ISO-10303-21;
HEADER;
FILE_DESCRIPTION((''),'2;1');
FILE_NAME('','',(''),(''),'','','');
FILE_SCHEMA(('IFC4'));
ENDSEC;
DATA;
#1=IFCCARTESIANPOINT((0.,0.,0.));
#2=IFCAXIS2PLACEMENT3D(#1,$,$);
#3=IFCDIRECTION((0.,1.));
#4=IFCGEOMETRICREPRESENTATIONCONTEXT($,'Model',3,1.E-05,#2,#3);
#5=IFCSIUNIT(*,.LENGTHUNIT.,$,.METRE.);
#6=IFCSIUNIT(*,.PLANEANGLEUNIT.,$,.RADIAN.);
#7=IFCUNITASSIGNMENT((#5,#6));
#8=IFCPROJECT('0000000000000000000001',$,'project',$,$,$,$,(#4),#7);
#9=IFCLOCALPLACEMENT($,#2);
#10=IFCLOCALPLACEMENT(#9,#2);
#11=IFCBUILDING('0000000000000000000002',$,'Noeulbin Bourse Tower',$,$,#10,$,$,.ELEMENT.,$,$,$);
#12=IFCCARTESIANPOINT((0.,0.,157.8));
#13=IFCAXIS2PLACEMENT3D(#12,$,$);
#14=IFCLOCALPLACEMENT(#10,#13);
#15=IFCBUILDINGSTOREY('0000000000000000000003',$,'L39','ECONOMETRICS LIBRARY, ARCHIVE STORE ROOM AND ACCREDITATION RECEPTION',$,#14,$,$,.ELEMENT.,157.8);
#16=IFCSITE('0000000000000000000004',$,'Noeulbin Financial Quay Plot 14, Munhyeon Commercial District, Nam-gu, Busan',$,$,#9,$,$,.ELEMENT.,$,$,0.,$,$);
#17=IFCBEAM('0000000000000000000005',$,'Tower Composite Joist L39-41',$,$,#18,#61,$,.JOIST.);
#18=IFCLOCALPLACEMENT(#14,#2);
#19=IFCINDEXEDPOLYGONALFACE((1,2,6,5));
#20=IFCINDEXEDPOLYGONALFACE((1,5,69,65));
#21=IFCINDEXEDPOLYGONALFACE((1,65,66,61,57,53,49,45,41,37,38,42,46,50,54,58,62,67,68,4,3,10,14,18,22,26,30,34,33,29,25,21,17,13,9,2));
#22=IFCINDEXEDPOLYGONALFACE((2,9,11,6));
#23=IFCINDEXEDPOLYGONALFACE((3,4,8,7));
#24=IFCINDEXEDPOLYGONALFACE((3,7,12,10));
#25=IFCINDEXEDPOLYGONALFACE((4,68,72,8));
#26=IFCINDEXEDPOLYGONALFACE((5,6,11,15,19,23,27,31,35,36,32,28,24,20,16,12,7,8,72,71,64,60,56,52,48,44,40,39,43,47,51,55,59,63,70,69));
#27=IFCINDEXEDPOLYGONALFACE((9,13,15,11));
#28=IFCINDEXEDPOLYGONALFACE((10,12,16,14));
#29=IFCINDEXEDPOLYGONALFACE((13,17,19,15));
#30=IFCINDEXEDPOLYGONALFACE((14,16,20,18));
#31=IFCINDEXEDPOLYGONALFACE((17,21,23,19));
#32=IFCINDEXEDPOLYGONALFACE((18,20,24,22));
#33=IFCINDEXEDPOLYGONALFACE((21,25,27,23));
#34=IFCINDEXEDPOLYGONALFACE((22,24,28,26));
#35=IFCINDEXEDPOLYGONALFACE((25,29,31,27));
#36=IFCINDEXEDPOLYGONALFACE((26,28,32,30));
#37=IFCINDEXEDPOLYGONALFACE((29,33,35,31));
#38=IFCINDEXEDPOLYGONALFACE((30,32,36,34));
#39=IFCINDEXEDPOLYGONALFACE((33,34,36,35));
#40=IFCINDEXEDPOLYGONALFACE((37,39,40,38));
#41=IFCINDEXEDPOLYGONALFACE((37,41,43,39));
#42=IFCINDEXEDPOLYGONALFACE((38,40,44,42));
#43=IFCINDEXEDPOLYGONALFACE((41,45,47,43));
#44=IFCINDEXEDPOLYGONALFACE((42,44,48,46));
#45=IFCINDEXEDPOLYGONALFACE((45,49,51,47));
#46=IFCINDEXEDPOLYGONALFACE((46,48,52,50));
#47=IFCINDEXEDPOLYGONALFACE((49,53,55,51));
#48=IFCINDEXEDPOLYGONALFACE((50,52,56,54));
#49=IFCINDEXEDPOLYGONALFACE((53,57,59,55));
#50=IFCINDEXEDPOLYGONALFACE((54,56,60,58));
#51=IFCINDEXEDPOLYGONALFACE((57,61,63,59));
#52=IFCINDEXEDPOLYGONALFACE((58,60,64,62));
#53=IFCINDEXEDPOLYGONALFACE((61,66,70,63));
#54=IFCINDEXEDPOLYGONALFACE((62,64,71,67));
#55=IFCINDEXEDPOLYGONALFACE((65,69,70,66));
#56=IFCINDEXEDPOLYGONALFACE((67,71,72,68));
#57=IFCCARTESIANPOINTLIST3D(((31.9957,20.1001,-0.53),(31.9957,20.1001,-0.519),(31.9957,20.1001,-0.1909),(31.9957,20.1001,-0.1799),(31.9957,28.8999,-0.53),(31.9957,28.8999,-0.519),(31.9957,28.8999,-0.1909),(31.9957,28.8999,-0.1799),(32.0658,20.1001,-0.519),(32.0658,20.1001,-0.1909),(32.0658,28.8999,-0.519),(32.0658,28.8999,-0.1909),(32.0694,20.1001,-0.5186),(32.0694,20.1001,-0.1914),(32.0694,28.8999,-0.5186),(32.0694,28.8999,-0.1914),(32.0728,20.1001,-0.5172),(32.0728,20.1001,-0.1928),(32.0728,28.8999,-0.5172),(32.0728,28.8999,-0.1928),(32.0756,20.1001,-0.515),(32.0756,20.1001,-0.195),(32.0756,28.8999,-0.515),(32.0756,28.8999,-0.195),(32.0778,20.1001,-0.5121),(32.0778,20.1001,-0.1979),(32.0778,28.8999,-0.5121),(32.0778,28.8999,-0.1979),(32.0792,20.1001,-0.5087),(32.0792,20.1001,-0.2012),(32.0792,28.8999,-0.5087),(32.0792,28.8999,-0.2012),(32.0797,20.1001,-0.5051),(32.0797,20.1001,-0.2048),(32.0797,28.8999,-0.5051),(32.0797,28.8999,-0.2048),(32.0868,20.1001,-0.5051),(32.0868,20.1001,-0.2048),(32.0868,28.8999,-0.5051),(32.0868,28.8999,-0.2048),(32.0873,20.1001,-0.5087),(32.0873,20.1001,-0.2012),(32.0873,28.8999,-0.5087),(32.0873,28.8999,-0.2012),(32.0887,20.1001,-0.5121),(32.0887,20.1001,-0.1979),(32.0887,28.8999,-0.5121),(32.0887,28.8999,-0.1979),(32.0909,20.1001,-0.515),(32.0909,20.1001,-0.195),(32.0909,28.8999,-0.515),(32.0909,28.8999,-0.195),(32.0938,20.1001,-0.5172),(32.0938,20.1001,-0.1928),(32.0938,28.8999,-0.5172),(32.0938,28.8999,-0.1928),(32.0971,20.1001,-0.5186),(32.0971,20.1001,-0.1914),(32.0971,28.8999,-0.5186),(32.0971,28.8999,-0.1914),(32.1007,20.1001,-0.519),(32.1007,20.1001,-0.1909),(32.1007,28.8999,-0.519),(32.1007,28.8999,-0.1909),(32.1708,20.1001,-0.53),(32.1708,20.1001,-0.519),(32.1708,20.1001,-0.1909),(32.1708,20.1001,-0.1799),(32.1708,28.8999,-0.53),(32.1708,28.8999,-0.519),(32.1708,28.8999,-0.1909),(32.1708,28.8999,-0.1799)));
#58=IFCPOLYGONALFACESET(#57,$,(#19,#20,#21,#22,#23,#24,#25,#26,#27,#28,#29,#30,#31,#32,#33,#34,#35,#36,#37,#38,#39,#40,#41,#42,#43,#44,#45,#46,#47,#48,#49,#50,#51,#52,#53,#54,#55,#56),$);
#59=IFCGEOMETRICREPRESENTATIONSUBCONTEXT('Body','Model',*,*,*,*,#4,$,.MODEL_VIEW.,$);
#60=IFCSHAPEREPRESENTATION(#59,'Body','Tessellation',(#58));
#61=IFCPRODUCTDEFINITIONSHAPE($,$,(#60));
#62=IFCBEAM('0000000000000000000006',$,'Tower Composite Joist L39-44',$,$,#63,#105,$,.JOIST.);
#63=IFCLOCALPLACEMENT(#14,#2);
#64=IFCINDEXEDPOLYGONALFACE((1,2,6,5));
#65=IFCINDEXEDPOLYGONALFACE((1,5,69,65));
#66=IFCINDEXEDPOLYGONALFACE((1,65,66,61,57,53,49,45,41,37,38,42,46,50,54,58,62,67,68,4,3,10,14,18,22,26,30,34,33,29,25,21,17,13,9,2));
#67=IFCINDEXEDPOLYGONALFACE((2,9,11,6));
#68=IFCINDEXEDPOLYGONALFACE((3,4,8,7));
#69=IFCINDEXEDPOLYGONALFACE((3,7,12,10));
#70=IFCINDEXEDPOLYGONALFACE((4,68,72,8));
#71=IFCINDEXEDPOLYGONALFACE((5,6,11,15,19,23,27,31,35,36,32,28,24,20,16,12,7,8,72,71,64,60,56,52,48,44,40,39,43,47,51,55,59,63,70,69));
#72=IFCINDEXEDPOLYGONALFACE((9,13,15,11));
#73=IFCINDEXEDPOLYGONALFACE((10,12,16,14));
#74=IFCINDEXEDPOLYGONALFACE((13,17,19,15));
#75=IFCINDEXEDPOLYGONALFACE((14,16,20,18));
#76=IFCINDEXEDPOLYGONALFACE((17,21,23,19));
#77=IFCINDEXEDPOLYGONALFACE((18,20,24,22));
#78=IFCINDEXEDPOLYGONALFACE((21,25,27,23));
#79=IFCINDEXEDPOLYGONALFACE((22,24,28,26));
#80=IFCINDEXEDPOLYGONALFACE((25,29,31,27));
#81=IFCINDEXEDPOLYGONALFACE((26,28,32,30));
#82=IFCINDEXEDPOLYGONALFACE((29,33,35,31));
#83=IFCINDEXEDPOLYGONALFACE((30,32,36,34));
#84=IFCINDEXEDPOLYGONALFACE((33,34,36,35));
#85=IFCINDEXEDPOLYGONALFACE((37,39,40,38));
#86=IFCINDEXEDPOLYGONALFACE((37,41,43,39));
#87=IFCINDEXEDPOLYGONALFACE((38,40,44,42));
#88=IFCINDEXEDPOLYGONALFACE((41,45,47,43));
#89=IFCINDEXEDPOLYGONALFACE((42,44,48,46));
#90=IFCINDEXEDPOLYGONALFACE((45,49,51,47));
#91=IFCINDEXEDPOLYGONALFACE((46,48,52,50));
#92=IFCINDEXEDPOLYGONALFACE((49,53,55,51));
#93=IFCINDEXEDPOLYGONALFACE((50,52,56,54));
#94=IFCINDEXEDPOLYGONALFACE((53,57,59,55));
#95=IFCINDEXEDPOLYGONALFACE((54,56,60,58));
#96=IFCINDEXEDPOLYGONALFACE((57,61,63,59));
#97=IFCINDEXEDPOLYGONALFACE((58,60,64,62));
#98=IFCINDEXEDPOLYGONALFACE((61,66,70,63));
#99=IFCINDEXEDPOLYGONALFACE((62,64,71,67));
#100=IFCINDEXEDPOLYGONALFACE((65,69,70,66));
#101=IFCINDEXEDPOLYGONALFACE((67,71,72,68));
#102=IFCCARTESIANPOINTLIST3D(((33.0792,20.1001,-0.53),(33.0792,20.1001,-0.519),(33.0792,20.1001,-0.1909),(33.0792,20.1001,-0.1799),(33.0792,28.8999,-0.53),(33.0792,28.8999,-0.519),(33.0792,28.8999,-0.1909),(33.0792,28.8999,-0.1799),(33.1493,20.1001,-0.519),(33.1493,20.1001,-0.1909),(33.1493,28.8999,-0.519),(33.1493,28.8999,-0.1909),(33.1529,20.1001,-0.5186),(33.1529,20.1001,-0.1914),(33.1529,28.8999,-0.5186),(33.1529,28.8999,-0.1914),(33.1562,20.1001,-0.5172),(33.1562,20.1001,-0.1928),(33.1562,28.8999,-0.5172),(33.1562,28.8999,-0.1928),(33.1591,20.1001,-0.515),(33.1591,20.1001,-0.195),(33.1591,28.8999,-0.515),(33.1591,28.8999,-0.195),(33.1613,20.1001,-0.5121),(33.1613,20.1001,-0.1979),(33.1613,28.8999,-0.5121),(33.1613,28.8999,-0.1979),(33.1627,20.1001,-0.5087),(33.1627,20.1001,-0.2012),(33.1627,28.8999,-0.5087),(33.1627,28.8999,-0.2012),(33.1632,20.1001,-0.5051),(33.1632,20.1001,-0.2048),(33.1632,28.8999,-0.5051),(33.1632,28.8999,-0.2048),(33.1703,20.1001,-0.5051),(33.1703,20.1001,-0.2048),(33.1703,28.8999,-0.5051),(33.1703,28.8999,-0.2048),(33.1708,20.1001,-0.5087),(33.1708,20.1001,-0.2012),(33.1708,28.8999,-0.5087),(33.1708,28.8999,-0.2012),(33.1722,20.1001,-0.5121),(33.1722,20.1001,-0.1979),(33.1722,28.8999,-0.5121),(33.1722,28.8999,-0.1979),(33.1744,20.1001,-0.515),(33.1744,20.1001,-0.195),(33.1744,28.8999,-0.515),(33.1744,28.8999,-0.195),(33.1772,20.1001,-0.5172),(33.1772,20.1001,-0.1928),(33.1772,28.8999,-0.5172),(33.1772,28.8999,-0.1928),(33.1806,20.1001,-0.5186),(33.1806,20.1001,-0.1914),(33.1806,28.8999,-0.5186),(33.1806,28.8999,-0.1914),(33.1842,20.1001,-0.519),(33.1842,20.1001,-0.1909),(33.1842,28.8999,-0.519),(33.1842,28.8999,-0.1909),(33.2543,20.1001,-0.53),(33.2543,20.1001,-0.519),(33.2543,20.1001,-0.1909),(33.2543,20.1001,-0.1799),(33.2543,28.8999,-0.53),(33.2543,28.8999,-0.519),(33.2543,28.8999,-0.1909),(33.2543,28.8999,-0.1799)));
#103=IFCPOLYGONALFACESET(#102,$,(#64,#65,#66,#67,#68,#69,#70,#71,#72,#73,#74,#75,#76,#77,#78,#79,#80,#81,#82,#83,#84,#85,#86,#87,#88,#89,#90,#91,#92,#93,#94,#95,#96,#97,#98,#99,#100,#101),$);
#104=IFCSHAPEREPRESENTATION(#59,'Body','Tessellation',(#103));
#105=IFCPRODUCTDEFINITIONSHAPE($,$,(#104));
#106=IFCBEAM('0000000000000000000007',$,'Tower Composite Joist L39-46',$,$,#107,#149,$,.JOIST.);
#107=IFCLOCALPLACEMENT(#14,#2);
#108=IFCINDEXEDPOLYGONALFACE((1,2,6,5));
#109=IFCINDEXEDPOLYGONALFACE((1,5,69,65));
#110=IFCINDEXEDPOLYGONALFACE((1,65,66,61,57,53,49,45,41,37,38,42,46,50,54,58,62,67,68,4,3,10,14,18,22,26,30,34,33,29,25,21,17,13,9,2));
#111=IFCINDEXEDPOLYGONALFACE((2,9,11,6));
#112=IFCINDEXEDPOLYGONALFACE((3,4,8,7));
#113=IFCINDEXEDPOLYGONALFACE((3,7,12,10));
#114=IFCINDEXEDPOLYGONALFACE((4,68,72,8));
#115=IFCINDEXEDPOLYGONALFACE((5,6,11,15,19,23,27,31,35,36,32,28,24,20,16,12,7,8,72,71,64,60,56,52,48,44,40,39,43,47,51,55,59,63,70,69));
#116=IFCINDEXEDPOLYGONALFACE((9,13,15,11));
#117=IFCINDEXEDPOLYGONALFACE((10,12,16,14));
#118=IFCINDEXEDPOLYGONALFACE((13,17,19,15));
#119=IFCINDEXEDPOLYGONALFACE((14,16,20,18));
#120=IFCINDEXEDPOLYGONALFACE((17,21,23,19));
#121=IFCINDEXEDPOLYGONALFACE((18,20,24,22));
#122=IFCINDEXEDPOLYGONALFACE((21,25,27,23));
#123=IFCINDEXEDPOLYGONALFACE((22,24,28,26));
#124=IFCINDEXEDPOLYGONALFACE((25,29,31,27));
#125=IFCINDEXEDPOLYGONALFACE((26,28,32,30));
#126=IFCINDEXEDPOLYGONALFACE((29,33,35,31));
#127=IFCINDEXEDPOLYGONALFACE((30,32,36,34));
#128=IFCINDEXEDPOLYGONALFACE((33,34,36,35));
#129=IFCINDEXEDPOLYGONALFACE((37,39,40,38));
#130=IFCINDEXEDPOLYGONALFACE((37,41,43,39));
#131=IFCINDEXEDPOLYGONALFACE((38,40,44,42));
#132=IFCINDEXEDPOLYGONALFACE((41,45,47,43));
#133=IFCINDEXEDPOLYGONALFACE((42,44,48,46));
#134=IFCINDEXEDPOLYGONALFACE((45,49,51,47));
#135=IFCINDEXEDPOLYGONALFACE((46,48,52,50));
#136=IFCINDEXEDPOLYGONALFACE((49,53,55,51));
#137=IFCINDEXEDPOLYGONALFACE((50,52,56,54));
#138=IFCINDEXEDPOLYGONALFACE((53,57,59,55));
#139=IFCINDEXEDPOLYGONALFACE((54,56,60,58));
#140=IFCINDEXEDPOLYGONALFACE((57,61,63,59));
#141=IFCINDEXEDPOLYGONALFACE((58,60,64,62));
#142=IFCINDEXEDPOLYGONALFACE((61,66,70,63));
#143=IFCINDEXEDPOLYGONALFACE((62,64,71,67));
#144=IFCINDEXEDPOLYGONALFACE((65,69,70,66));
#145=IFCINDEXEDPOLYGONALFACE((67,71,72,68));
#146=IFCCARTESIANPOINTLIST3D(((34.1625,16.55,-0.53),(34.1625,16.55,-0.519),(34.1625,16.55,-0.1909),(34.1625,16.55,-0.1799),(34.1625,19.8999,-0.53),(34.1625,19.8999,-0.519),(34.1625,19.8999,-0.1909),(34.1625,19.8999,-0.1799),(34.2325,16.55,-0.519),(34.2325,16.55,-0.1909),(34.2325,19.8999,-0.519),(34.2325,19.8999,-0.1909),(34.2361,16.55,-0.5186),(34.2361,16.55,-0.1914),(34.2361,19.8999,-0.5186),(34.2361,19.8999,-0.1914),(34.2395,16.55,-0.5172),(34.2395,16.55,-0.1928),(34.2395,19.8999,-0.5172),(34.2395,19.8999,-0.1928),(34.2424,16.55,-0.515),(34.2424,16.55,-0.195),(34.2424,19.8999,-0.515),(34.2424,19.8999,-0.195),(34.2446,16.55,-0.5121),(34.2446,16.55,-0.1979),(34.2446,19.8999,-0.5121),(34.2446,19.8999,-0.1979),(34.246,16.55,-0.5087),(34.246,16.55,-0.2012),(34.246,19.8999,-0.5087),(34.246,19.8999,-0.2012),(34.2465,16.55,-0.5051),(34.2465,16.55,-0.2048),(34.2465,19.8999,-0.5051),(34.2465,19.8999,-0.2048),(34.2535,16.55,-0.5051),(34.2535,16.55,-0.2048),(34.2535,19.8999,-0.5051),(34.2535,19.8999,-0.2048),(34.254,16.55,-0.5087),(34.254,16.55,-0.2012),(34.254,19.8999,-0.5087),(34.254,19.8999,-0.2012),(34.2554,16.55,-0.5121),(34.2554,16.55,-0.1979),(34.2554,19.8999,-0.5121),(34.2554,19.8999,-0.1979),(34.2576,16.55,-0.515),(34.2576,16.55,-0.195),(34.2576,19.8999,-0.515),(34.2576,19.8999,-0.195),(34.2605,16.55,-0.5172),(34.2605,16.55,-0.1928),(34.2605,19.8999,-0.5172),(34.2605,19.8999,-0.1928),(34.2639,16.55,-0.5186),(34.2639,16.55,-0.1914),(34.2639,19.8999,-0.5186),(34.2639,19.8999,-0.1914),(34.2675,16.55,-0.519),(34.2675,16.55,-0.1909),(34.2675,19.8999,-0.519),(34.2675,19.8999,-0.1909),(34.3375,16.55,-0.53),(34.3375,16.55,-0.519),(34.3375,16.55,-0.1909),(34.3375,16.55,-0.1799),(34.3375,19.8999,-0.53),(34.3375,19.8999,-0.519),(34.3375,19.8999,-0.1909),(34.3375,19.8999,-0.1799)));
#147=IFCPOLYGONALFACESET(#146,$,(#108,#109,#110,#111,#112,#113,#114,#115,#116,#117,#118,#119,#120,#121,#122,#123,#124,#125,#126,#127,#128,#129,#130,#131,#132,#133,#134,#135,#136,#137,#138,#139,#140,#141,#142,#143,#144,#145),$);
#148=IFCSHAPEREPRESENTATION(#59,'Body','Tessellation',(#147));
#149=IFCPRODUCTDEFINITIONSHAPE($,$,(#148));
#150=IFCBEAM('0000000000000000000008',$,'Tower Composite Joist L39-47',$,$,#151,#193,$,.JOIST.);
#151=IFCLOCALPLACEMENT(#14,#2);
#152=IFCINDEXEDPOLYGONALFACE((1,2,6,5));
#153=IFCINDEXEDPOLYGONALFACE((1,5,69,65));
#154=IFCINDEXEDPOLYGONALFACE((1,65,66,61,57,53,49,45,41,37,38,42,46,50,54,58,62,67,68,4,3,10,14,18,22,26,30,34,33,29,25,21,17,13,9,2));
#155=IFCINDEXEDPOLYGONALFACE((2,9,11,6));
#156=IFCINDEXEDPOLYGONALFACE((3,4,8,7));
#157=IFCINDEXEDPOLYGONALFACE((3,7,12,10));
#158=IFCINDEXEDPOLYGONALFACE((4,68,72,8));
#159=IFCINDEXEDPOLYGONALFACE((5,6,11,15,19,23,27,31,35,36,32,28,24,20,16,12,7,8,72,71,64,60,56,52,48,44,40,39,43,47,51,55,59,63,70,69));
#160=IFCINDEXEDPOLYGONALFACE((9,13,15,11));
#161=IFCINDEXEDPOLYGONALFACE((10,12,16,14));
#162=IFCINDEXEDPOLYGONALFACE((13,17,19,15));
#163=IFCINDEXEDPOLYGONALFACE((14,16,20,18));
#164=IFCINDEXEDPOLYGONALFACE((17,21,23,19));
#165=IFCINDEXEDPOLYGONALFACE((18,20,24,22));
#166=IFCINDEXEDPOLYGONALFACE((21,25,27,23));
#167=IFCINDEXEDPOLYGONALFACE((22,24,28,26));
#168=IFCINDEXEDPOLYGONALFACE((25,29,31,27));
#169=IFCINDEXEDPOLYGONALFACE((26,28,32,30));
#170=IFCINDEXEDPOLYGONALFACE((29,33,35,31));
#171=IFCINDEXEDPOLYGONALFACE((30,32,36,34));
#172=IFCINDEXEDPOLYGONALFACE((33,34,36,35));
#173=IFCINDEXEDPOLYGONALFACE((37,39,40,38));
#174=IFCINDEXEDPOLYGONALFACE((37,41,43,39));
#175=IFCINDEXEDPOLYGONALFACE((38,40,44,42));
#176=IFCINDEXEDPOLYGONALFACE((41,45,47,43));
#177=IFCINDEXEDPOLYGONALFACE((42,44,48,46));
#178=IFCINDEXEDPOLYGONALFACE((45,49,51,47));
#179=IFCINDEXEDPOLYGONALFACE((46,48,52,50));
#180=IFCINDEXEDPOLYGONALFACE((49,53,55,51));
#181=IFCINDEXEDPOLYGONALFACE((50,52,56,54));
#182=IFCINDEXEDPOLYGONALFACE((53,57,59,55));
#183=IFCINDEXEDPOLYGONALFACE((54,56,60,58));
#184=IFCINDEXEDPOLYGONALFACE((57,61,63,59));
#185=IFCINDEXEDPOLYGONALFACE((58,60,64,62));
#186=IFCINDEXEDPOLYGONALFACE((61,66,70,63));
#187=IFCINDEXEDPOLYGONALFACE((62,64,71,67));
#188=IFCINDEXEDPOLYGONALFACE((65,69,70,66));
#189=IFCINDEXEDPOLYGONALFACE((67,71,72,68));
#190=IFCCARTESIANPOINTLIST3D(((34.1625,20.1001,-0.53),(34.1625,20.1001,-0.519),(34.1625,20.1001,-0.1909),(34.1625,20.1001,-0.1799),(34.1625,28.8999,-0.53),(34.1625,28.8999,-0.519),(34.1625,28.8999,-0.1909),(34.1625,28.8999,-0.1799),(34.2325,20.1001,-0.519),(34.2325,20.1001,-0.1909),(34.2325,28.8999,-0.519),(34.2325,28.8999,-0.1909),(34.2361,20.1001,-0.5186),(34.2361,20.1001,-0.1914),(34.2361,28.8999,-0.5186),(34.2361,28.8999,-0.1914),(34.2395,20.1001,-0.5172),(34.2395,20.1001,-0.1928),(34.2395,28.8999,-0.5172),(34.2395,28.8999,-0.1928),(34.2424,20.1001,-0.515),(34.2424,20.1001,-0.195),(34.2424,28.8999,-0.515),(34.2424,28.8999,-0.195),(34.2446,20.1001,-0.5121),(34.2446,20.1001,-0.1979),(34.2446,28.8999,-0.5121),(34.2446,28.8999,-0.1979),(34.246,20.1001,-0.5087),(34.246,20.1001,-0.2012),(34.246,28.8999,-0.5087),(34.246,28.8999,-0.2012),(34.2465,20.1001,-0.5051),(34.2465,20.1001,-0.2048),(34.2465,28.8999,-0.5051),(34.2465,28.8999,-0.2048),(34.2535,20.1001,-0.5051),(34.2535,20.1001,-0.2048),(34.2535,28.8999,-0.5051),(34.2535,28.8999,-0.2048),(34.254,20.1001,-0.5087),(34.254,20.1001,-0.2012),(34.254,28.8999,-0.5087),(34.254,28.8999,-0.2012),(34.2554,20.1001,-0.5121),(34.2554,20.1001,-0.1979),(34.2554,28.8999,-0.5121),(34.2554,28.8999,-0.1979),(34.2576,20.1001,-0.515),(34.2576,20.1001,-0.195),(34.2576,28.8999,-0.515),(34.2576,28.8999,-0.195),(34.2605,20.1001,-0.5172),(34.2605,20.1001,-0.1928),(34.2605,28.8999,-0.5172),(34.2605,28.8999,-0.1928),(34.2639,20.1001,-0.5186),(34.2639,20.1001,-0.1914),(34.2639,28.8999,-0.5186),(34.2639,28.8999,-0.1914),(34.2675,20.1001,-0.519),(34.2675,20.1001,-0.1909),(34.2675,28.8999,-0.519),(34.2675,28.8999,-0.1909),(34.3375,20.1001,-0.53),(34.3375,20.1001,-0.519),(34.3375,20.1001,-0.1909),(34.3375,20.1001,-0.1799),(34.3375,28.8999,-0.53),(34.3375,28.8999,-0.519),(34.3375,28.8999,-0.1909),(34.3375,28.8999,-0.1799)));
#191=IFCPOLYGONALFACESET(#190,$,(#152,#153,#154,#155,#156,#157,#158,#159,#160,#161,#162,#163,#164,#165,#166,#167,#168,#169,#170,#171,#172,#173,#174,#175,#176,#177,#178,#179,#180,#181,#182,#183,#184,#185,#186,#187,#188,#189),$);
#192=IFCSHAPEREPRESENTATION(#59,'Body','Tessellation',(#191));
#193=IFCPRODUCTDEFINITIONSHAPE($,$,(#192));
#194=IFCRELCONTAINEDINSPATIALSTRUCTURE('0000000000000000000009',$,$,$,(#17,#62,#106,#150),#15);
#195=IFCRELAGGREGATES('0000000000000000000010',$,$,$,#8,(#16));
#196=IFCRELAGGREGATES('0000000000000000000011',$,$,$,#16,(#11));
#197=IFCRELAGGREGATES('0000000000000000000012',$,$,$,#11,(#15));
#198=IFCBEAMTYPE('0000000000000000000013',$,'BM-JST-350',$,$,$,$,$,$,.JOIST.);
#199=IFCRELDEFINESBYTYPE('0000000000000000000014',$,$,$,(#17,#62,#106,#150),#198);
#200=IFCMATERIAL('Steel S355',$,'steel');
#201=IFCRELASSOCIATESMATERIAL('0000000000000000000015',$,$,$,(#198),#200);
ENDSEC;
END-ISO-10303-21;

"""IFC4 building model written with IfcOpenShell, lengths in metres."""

from ifc_helpers import new_model, si_unit, direction, frame, origin, origin_2d, place, context, subcontext, project, spatial, i_section, extrude, material, material_profile, profile_set, type_object, element, save


model = new_model("IFC4")

# Units and contexts
model_context = context("Model", 3, precision=1e-05, world=origin(), true_north=direction((0.0, 1.0)))
body_context = subcontext(model_context, "Body", "Model", "MODEL_VIEW")
ifc_project = project(units=[si_unit("LENGTHUNIT", "METRE"), si_unit("PLANEANGLEUNIT", "RADIAN")], contexts=[model_context])

# Site, building, storey
site_placement = place(None, origin())
site = spatial("IfcSite", under=ifc_project, at=site_placement, Name="Noeulbin Financial Quay Plot 14, Munhyeon Commercial District, Nam-gu, Busan", CompositionType="ELEMENT", RefElevation=0.0)
building_placement = place(site_placement, origin())
building = spatial("IfcBuilding", under=site, at=building_placement, Name="Noeulbin Bourse Tower", CompositionType="ELEMENT")
storey_placement = place(building_placement, frame((0.0, 0.0, 157.8)))
storey = spatial("IfcBuildingStorey", under=building, at=storey_placement, Name="L39", Description="ECONOMETRICS LIBRARY, ARCHIVE STORE ROOM AND ACCREDITATION RECEPTION", CompositionType="ELEMENT", Elevation=157.8)

# Beams
ifc_material_1 = material(Name="Steel S355", Category="steel")
ifc_material_profile_1 = material_profile(ifc_material_1, i_section(OverallWidth=0.175, OverallDepth=0.3501, WebThickness=0.0071, FlangeThickness=0.011, FilletRadius=0.0139, at=origin_2d()), Name="H-350x175x7x11", Category="LoadBearing")
ifc_profile_set_1 = profile_set([ifc_material_profile_1], Name="Steel S355")
beam_type_1 = type_object("IfcBeamType", Name="BM-JST-350", PredefinedType="JOIST", material=ifc_profile_set_1)
for number, where, z_axis, x_axis, name in (
    (1, (32.0833, 20.1001, -0.355), (0.0, 1.0, 0.0), (-1.0, 0.0, 0.0), "Tower Composite Joist L39-41"),
    (2, (33.1667, 20.1001, -0.355), (0.0, 1.0, 0.0), (-1.0, 0.0, 0.0), "Tower Composite Joist L39-44"),
):
    element("IfcBeam", number, at=place(storey_placement, frame(where, z_axis=z_axis, x_axis=x_axis)), inside=storey, type_object=beam_type_1, Name=name, PredefinedType="JOIST", context=body_context, shape_type="SweptSolid", body=[
        extrude(i_section(OverallWidth=0.175, OverallDepth=0.3501, WebThickness=0.0071, FlangeThickness=0.011, FilletRadius=0.0139, at=origin_2d()), origin(), (0.0, 0.0, 1.0), 8.7998),
    ])
beam_1_placement = place(storey_placement, frame((34.25, 16.55, -0.355), z_axis=(0.0, 1.0, 0.0), x_axis=(-1.0, 0.0, 0.0)))
element("IfcBeam", 3, at=beam_1_placement, inside=storey, type_object=beam_type_1, Name="Tower Composite Joist L39-46", PredefinedType="JOIST", context=body_context, shape_type="SweptSolid", body=[
    extrude(i_section(OverallWidth=0.175, OverallDepth=0.3501, WebThickness=0.0071, FlangeThickness=0.011, FilletRadius=0.0139, at=origin_2d()), origin(), (0.0, 0.0, 1.0), 3.3499),
])
beam_2_placement = place(storey_placement, frame((34.25, 20.1001, -0.355), z_axis=(0.0, 1.0, 0.0), x_axis=(-1.0, 0.0, 0.0)))
element("IfcBeam", 4, at=beam_2_placement, inside=storey, type_object=beam_type_1, Name="Tower Composite Joist L39-47", PredefinedType="JOIST", context=body_context, shape_type="SweptSolid", body=[
    extrude(i_section(OverallWidth=0.175, OverallDepth=0.3501, WebThickness=0.0071, FlangeThickness=0.011, FilletRadius=0.0139, at=origin_2d()), origin(), (0.0, 0.0, 1.0), 8.7998),
])

save(model, "model.ifc")
